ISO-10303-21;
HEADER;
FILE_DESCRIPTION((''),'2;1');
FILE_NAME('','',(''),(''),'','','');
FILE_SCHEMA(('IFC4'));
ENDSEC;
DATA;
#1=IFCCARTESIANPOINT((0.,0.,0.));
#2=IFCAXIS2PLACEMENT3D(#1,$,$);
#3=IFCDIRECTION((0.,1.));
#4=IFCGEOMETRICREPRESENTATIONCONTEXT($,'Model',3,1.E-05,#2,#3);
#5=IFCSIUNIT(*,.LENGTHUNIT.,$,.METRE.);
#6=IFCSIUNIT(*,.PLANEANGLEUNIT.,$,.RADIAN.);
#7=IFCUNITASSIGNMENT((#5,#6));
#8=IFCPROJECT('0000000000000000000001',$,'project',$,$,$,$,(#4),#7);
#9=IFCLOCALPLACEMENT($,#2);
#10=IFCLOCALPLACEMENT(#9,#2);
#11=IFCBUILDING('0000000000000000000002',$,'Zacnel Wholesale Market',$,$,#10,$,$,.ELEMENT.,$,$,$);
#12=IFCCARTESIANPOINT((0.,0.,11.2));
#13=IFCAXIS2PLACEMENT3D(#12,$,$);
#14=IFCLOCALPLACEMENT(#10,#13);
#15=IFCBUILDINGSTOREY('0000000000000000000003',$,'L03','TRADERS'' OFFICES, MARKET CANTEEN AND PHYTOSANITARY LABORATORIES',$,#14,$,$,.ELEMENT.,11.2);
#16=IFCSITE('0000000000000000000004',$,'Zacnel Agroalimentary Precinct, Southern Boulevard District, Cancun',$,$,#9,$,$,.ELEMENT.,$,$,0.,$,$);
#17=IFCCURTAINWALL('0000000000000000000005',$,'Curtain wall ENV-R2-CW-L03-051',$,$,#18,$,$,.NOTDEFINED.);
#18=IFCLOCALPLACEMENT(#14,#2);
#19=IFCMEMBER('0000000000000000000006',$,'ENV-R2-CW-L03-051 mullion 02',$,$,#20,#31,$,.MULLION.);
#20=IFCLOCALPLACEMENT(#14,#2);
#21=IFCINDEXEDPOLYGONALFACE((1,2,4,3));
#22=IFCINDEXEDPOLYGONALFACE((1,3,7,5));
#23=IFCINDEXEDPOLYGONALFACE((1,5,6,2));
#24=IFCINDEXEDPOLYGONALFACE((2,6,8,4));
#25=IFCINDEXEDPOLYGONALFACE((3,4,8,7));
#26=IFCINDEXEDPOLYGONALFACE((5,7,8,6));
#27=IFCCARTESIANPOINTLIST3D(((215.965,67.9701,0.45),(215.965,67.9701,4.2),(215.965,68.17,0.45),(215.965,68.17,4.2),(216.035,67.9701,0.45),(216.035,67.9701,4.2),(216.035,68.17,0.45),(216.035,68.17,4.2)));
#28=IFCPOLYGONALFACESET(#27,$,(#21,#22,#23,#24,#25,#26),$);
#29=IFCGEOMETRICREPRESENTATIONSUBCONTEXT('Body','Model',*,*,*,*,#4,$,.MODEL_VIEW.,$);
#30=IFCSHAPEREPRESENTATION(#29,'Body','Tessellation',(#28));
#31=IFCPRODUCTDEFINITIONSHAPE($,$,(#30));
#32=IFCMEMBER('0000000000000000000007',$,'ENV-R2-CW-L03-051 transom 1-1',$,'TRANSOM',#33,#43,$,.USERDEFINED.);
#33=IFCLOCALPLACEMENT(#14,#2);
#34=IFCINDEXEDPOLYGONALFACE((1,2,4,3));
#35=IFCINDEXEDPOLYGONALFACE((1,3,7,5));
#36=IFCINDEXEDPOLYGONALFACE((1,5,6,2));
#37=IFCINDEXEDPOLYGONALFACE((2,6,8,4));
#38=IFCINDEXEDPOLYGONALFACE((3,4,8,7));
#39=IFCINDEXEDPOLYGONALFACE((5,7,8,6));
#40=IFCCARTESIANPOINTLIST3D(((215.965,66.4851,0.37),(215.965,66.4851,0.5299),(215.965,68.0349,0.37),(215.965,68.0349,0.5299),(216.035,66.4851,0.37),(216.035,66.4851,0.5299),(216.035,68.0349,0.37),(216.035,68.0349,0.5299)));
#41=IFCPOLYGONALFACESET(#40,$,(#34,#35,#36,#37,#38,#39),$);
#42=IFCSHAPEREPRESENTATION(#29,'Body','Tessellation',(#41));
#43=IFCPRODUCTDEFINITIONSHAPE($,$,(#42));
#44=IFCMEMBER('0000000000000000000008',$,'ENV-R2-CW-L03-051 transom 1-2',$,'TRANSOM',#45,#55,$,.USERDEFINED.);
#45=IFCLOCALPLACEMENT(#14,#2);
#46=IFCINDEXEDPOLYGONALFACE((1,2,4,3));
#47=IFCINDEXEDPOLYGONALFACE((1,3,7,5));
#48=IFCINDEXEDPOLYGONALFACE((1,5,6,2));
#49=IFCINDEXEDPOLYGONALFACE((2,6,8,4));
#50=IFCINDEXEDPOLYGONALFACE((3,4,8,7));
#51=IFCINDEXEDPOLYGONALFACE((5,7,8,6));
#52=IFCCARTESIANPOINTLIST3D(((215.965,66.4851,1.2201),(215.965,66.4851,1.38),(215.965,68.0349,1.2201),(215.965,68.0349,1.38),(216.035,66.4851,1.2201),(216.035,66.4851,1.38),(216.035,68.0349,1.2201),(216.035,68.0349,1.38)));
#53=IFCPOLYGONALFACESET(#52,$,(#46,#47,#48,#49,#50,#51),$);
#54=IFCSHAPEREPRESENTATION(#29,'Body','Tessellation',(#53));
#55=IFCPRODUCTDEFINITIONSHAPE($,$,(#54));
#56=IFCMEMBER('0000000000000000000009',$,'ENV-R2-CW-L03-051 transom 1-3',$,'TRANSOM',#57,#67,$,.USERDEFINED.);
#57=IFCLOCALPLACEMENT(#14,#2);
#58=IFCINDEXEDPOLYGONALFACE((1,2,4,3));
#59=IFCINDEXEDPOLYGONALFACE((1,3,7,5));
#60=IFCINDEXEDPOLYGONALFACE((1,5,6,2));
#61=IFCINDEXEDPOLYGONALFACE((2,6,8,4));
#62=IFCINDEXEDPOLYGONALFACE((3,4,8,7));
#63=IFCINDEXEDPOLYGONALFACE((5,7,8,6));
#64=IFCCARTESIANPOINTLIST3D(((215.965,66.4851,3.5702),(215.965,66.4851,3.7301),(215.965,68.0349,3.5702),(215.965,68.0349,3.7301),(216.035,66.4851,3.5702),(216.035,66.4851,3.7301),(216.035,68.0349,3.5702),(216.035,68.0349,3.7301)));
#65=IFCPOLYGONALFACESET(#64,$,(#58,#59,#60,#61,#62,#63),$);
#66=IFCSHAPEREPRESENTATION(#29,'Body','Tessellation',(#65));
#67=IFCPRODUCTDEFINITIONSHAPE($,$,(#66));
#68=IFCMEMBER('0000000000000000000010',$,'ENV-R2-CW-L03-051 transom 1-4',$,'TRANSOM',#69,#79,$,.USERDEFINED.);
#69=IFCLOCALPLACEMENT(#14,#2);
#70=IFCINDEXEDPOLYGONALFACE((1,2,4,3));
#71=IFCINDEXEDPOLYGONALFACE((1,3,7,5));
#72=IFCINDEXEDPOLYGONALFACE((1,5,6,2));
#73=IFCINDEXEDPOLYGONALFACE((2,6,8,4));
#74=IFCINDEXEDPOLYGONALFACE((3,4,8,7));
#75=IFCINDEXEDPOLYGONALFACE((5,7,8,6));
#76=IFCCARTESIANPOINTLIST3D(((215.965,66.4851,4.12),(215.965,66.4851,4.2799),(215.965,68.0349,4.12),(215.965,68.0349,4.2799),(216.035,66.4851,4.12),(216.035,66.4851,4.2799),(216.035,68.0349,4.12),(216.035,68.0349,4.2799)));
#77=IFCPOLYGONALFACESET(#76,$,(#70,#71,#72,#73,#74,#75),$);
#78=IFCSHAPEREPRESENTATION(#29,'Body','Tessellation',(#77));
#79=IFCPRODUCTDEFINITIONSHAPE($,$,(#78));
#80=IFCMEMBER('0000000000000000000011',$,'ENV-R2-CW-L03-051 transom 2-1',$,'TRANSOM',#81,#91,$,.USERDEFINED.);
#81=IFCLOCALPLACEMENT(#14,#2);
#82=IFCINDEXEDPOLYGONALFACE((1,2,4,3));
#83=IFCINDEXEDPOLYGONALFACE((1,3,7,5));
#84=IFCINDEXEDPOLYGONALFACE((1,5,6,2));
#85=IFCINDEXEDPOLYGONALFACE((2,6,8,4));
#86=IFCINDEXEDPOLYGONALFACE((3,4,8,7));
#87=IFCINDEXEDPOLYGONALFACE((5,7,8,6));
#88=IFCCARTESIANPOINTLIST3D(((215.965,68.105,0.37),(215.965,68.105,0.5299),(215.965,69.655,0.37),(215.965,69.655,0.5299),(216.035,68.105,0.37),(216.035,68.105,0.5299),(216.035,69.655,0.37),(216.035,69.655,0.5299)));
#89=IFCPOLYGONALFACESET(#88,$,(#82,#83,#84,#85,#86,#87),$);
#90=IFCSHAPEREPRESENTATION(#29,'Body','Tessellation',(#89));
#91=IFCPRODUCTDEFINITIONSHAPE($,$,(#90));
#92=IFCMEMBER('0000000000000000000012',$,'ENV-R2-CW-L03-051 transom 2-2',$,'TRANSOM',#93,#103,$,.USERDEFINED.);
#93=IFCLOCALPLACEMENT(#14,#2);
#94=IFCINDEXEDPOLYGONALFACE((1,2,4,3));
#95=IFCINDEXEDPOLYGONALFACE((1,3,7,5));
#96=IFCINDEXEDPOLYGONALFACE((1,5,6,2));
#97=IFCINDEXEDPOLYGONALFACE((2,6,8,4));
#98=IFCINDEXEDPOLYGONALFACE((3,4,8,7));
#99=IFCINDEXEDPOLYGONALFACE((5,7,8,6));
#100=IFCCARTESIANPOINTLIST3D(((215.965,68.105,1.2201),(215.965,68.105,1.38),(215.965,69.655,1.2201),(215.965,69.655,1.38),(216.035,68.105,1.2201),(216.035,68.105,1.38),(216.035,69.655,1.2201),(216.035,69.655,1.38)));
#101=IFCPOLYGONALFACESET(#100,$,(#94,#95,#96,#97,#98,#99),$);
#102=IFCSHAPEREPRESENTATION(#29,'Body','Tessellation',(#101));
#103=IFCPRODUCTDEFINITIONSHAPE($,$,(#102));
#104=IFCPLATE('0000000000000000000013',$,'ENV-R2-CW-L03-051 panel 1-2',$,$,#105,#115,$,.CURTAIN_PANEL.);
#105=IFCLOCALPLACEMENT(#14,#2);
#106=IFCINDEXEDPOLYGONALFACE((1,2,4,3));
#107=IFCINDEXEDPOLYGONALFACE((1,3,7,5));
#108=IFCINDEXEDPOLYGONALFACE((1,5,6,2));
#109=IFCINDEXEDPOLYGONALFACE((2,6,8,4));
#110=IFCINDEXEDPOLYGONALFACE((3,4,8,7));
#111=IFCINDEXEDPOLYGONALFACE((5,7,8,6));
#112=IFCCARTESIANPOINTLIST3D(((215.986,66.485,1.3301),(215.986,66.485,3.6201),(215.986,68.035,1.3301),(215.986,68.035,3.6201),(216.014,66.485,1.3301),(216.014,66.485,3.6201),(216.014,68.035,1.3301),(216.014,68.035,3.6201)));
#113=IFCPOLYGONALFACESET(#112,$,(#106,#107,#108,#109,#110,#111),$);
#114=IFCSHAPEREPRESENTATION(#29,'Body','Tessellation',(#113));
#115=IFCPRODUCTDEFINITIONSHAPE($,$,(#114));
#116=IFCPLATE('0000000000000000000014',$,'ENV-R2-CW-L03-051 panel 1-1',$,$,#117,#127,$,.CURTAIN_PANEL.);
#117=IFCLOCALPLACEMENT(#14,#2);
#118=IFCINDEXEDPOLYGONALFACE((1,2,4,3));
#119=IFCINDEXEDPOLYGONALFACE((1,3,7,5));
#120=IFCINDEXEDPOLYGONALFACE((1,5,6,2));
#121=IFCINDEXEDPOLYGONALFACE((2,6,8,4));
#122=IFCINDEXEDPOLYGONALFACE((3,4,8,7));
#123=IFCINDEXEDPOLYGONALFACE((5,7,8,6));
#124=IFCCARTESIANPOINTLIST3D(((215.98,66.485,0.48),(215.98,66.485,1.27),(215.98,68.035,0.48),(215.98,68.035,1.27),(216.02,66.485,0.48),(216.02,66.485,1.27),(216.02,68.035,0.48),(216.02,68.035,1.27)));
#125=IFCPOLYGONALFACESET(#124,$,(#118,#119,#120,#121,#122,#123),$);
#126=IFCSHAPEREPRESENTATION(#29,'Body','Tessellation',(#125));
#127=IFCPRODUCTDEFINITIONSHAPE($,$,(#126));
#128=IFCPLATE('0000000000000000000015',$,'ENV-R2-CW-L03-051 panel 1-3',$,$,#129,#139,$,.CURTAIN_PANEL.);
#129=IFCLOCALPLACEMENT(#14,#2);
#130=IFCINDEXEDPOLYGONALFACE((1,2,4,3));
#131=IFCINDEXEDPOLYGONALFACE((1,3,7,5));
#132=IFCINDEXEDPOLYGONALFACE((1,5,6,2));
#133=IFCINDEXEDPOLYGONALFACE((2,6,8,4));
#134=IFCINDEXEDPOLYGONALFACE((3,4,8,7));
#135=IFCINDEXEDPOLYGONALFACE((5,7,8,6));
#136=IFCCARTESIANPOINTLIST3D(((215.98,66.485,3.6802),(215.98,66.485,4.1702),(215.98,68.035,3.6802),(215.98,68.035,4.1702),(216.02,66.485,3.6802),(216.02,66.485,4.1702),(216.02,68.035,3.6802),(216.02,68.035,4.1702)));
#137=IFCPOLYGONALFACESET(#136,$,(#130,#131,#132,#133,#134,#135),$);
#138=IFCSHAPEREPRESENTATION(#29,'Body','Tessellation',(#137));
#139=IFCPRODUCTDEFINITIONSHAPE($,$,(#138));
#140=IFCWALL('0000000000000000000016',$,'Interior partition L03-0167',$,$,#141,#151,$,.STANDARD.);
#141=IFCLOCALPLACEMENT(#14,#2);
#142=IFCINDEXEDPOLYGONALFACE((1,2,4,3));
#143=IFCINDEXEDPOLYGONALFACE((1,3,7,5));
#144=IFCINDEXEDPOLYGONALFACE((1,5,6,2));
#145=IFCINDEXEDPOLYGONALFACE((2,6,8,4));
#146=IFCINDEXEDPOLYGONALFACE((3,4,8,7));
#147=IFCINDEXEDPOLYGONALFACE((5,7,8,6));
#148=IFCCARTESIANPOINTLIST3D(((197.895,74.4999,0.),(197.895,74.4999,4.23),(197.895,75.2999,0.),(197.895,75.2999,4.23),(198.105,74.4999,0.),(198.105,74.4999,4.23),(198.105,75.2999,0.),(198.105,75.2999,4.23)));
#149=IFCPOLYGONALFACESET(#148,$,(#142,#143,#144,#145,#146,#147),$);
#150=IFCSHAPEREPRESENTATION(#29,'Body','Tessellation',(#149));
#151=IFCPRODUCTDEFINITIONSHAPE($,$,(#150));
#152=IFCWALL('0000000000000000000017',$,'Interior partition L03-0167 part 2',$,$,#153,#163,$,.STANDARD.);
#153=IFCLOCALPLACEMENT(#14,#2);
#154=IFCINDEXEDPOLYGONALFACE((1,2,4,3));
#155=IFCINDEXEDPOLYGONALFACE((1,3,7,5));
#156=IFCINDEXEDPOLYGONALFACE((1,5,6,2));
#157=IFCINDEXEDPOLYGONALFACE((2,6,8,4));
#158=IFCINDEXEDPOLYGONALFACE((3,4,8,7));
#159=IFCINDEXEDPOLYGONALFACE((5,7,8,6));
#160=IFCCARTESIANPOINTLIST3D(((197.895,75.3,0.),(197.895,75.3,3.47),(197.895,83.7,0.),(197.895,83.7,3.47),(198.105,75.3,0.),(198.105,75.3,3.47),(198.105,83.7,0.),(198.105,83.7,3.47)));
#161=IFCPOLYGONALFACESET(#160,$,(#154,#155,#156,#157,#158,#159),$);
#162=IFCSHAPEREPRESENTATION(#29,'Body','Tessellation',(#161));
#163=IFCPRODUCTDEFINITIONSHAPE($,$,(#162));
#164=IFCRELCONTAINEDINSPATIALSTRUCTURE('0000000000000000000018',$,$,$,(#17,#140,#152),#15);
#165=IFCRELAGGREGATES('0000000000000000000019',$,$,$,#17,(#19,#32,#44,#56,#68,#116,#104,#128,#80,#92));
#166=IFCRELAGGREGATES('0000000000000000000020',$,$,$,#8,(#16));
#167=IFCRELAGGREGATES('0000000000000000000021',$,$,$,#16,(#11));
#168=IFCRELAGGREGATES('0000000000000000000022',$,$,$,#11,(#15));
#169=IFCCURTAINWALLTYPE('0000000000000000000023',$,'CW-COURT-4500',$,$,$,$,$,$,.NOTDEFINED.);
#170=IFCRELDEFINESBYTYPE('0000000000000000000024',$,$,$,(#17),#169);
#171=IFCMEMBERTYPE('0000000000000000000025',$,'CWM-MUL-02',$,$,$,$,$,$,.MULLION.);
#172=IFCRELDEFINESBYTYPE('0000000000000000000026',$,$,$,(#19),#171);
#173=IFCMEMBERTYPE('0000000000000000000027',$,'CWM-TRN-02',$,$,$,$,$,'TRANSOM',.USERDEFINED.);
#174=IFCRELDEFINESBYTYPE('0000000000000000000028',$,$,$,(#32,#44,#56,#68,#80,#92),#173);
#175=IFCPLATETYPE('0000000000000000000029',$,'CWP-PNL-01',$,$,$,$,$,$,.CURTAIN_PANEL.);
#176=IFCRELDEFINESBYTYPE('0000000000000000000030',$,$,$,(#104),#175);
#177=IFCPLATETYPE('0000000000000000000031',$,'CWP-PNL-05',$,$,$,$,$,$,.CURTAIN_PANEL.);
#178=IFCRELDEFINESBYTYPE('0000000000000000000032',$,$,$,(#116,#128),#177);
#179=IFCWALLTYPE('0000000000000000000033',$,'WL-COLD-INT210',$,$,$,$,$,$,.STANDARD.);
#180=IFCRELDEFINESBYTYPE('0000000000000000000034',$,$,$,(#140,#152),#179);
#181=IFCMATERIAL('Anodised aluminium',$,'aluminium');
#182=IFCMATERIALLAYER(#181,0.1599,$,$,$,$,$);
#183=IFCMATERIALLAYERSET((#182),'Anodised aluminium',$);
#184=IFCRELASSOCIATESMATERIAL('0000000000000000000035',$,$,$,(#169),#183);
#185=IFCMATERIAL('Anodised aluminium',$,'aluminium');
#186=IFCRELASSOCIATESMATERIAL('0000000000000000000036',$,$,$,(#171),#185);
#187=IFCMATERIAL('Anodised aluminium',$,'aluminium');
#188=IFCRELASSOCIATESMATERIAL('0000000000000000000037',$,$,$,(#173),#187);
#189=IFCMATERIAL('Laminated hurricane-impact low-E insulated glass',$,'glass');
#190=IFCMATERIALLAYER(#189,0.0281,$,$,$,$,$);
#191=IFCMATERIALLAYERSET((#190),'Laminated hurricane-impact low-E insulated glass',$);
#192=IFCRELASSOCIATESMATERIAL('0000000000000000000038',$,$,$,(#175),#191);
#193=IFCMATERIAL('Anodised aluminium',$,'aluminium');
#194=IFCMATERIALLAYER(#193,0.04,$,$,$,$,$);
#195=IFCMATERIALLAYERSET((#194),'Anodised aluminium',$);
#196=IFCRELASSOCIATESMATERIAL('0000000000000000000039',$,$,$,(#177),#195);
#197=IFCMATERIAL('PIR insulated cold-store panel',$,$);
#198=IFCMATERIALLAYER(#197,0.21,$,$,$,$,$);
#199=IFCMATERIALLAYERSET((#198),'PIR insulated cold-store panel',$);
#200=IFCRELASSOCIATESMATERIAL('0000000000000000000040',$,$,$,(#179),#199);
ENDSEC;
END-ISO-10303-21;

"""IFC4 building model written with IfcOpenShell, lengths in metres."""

from ifc_helpers import new_model, si_unit, direction, frame, frame_2d, origin, origin_2d, place, context, subcontext, project, spatial, rectangle, extrude, material, layer, layer_set, material_profile, profile_set, type_object, element, aggregate, save


model = new_model("IFC4")

# Units and contexts
model_context = context("Model", 3, precision=1e-05, world=origin(), true_north=direction((0.0, 1.0)))
body_context = subcontext(model_context, "Body", "Model", "MODEL_VIEW")
ifc_project = project(units=[si_unit("LENGTHUNIT", "METRE"), si_unit("PLANEANGLEUNIT", "RADIAN")], contexts=[model_context])

# Site, building, storey
site_placement = place(None, origin())
site = spatial("IfcSite", under=ifc_project, at=site_placement, Name="Zacnel Agroalimentary Precinct, Southern Boulevard District, Cancun", CompositionType="ELEMENT", RefElevation=0.0)
building_placement = place(site_placement, origin())
building = spatial("IfcBuilding", under=site, at=building_placement, Name="Zacnel Wholesale Market", CompositionType="ELEMENT")
storey_placement = place(building_placement, frame((0.0, 0.0, 11.2)))
storey = spatial("IfcBuildingStorey", under=building, at=storey_placement, Name="L03", Description="TRADERS' OFFICES, MARKET CANTEEN AND PHYTOSANITARY LABORATORIES", CompositionType="ELEMENT", Elevation=11.2)

# Curtain wall, members, plates
ifc_material_1 = material(Name="Anodised aluminium", Category="aluminium")
ifc_layer_1 = layer(ifc_material_1, 0.1599)
ifc_layer_set_1 = layer_set([ifc_layer_1], Name="Anodised aluminium")
curtain_wall_type = type_object("IfcCurtainWallType", Name="CW-COURT-4500", PredefinedType="NOTDEFINED", material=ifc_layer_set_1)
curtain_wall_placement = place(storey_placement, origin())
curtain_wall = element("IfcCurtainWall", 1, at=curtain_wall_placement, inside=storey, type_object=curtain_wall_type, Name="Curtain wall ENV-R2-CW-L03-051", PredefinedType="NOTDEFINED")
ifc_material_2 = material(Name="Anodised aluminium", Category="aluminium")
ifc_material_profile_1 = material_profile(ifc_material_2, rectangle(XDim=0.0701, YDim=0.2, at=origin_2d()), Name="AW-MULLION 70x200")
ifc_profile_set_1 = profile_set([ifc_material_profile_1], Name="Anodised aluminium")
member_type_1 = type_object("IfcMemberType", Name="CWM-MUL-02", PredefinedType="MULLION", material=ifc_profile_set_1)
member_1_placement = place(storey_placement, frame((216.0, 68.0701, 0.45), z_axis=(0.0, 0.0, 1.0), x_axis=(1.0, 0.0, 0.0)))
member_1 = element("IfcMember", 2, at=member_1_placement, type_object=member_type_1, Name="ENV-R2-CW-L03-051 mullion 02", PredefinedType="MULLION", context=body_context, shape_type="SweptSolid", body=[
    extrude(rectangle(XDim=0.0701, YDim=0.2, at=origin_2d()), origin(), (0.0, 0.0, 1.0), 3.75),
])
ifc_material_3 = material(Name="Anodised aluminium", Category="aluminium")
ifc_material_profile_2 = material_profile(ifc_material_3, rectangle(XDim=0.0701, YDim=0.1599, at=origin_2d()), Name="AW-TRANSOM 70x160")
ifc_profile_set_2 = profile_set([ifc_material_profile_2], Name="Anodised aluminium")
member_type_2 = type_object("IfcMemberType", Name="CWM-TRN-02", ElementType="TRANSOM", PredefinedType="USERDEFINED", material=ifc_profile_set_2)
member_2_placement = place(storey_placement, frame((216.0, 66.4851, 0.45), z_axis=(0.0, 1.0, 0.0), x_axis=(-1.0, 0.0, 0.0)))
member_2 = element("IfcMember", 3, at=member_2_placement, type_object=member_type_2, Name="ENV-R2-CW-L03-051 transom 1-1", ObjectType="TRANSOM", PredefinedType="USERDEFINED", context=body_context, shape_type="SweptSolid", body=[
    extrude(rectangle(XDim=0.0701, YDim=0.1599, at=origin_2d()), origin(), (0.0, 0.0, 1.0), 1.5498),
])
member_3_placement = place(storey_placement, frame((216.0, 66.4851, 1.3), z_axis=(0.0, 1.0, 0.0), x_axis=(-1.0, 0.0, 0.0)))
member_3 = element("IfcMember", 4, at=member_3_placement, type_object=member_type_2, Name="ENV-R2-CW-L03-051 transom 1-2", ObjectType="TRANSOM", PredefinedType="USERDEFINED", context=body_context, shape_type="SweptSolid", body=[
    extrude(rectangle(XDim=0.0701, YDim=0.1599, at=origin_2d()), origin(), (0.0, 0.0, 1.0), 1.5498),
])
member_4_placement = place(storey_placement, frame((216.0, 66.4851, 3.6501), z_axis=(0.0, 1.0, 0.0), x_axis=(-1.0, 0.0, 0.0)))
member_4 = element("IfcMember", 5, at=member_4_placement, type_object=member_type_2, Name="ENV-R2-CW-L03-051 transom 1-3", ObjectType="TRANSOM", PredefinedType="USERDEFINED", context=body_context, shape_type="SweptSolid", body=[
    extrude(rectangle(XDim=0.0701, YDim=0.1599, at=origin_2d()), origin(), (0.0, 0.0, 1.0), 1.5498),
])
member_5_placement = place(storey_placement, frame((216.0, 66.4851, 4.2), z_axis=(0.0, 1.0, 0.0), x_axis=(-1.0, 0.0, 0.0)))
member_5 = element("IfcMember", 6, at=member_5_placement, type_object=member_type_2, Name="ENV-R2-CW-L03-051 transom 1-4", ObjectType="TRANSOM", PredefinedType="USERDEFINED", context=body_context, shape_type="SweptSolid", body=[
    extrude(rectangle(XDim=0.0701, YDim=0.1599, at=origin_2d()), origin(), (0.0, 0.0, 1.0), 1.5498),
])
member_6_placement = place(storey_placement, frame((216.0, 68.105, 0.45), z_axis=(0.0, 1.0, 0.0), x_axis=(-1.0, 0.0, 0.0)))
member_6 = element("IfcMember", 7, at=member_6_placement, type_object=member_type_2, Name="ENV-R2-CW-L03-051 transom 2-1", ObjectType="TRANSOM", PredefinedType="USERDEFINED", context=body_context, shape_type="SweptSolid", body=[
    extrude(rectangle(XDim=0.0701, YDim=0.1599, at=origin_2d()), origin(), (0.0, 0.0, 1.0), 1.55),
])
member_7_placement = place(storey_placement, frame((216.0, 68.105, 1.3), z_axis=(0.0, 1.0, 0.0), x_axis=(-1.0, 0.0, 0.0)))
member_7 = element("IfcMember", 8, at=member_7_placement, type_object=member_type_2, Name="ENV-R2-CW-L03-051 transom 2-2", ObjectType="TRANSOM", PredefinedType="USERDEFINED", context=body_context, shape_type="SweptSolid", body=[
    extrude(rectangle(XDim=0.0701, YDim=0.1599, at=origin_2d()), origin(), (0.0, 0.0, 1.0), 1.55),
])
ifc_material_4 = material(Name="Laminated hurricane-impact low-E insulated glass", Category="glass")
ifc_layer_2 = layer(ifc_material_4, 0.0281)
ifc_layer_set_2 = layer_set([ifc_layer_2], Name="Laminated hurricane-impact low-E insulated glass")
plate_type_1 = type_object("IfcPlateType", Name="CWP-PNL-01", PredefinedType="CURTAIN_PANEL", material=ifc_layer_set_2)
plate_1_placement = place(storey_placement, frame((216.0, 67.26, 1.3301), z_axis=(0.0, 0.0, 1.0), x_axis=(0.0, 1.0, 0.0)))
plate_1 = element("IfcPlate", 9, at=plate_1_placement, type_object=plate_type_1, Name="ENV-R2-CW-L03-051 panel 1-2", PredefinedType="CURTAIN_PANEL", context=body_context, shape_type="SweptSolid", body=[
    extrude(rectangle(XDim=1.55, YDim=0.0281, at=origin_2d()), origin(), (0.0, 0.0, 1.0), 2.29),
])
ifc_material_5 = material(Name="Anodised aluminium", Category="aluminium")
ifc_layer_3 = layer(ifc_material_5, 0.04)
ifc_layer_set_3 = layer_set([ifc_layer_3], Name="Anodised aluminium")
plate_type_2 = type_object("IfcPlateType", Name="CWP-PNL-05", PredefinedType="CURTAIN_PANEL", material=ifc_layer_set_3)
plate_2_placement = place(storey_placement, frame((216.0, 67.26, 0.48), z_axis=(0.0, 0.0, 1.0), x_axis=(0.0, 1.0, 0.0)))
plate_2 = element("IfcPlate", 10, at=plate_2_placement, type_object=plate_type_2, Name="ENV-R2-CW-L03-051 panel 1-1", PredefinedType="CURTAIN_PANEL", context=body_context, shape_type="SweptSolid", body=[
    extrude(rectangle(XDim=1.55, YDim=0.04, at=origin_2d()), origin(), (0.0, 0.0, 1.0), 0.79),
])
plate_3_placement = place(storey_placement, frame((216.0, 67.26, 3.6802), z_axis=(0.0, 0.0, 1.0), x_axis=(0.0, 1.0, 0.0)))
plate_3 = element("IfcPlate", 11, at=plate_3_placement, type_object=plate_type_2, Name="ENV-R2-CW-L03-051 panel 1-3", PredefinedType="CURTAIN_PANEL", context=body_context, shape_type="SweptSolid", body=[
    extrude(rectangle(XDim=1.55, YDim=0.04, at=origin_2d()), origin(), (0.0, 0.0, 1.0), 0.49),
])
aggregate(curtain_wall, [member_1, member_2, member_3, member_4, member_5, plate_2, plate_1, plate_3, member_6, member_7])

# Walls
ifc_material_6 = material(Name="PIR insulated cold-store panel")
ifc_layer_4 = layer(ifc_material_6, 0.21)
ifc_layer_set_4 = layer_set([ifc_layer_4], Name="PIR insulated cold-store panel")
wall_type_1 = type_object("IfcWallType", Name="WL-COLD-INT210", PredefinedType="STANDARD", material=ifc_layer_set_4)
wall_1_placement = place(storey_placement, frame((198.0, 74.5, 0.0), z_axis=(0.0, 0.0, 1.0), x_axis=(0.0, 1.0, 0.0)))
element("IfcWall", 12, at=wall_1_placement, inside=storey, type_object=wall_type_1, Name="Interior partition L03-0167", PredefinedType="STANDARD", context=body_context, shape_type="SweptSolid", body=[
    extrude(rectangle(XDim=0.8, YDim=0.21, at=frame_2d((0.3999, 0.0))), origin(), (0.0, 0.0, 1.0), 4.23),
])
wall_2_placement = place(storey_placement, frame((198.0, 75.3, 0.0), z_axis=(0.0, 0.0, 1.0), x_axis=(0.0, 1.0, 0.0)))
element("IfcWall", 13, at=wall_2_placement, inside=storey, type_object=wall_type_1, Name="Interior partition L03-0167 part 2", PredefinedType="STANDARD", context=body_context, shape_type="SweptSolid", body=[
    extrude(rectangle(XDim=8.3999, YDim=0.21, at=frame_2d((4.2, 0.0))), origin(), (0.0, 0.0, 1.0), 3.47),
])

save(model, "model.ifc")
